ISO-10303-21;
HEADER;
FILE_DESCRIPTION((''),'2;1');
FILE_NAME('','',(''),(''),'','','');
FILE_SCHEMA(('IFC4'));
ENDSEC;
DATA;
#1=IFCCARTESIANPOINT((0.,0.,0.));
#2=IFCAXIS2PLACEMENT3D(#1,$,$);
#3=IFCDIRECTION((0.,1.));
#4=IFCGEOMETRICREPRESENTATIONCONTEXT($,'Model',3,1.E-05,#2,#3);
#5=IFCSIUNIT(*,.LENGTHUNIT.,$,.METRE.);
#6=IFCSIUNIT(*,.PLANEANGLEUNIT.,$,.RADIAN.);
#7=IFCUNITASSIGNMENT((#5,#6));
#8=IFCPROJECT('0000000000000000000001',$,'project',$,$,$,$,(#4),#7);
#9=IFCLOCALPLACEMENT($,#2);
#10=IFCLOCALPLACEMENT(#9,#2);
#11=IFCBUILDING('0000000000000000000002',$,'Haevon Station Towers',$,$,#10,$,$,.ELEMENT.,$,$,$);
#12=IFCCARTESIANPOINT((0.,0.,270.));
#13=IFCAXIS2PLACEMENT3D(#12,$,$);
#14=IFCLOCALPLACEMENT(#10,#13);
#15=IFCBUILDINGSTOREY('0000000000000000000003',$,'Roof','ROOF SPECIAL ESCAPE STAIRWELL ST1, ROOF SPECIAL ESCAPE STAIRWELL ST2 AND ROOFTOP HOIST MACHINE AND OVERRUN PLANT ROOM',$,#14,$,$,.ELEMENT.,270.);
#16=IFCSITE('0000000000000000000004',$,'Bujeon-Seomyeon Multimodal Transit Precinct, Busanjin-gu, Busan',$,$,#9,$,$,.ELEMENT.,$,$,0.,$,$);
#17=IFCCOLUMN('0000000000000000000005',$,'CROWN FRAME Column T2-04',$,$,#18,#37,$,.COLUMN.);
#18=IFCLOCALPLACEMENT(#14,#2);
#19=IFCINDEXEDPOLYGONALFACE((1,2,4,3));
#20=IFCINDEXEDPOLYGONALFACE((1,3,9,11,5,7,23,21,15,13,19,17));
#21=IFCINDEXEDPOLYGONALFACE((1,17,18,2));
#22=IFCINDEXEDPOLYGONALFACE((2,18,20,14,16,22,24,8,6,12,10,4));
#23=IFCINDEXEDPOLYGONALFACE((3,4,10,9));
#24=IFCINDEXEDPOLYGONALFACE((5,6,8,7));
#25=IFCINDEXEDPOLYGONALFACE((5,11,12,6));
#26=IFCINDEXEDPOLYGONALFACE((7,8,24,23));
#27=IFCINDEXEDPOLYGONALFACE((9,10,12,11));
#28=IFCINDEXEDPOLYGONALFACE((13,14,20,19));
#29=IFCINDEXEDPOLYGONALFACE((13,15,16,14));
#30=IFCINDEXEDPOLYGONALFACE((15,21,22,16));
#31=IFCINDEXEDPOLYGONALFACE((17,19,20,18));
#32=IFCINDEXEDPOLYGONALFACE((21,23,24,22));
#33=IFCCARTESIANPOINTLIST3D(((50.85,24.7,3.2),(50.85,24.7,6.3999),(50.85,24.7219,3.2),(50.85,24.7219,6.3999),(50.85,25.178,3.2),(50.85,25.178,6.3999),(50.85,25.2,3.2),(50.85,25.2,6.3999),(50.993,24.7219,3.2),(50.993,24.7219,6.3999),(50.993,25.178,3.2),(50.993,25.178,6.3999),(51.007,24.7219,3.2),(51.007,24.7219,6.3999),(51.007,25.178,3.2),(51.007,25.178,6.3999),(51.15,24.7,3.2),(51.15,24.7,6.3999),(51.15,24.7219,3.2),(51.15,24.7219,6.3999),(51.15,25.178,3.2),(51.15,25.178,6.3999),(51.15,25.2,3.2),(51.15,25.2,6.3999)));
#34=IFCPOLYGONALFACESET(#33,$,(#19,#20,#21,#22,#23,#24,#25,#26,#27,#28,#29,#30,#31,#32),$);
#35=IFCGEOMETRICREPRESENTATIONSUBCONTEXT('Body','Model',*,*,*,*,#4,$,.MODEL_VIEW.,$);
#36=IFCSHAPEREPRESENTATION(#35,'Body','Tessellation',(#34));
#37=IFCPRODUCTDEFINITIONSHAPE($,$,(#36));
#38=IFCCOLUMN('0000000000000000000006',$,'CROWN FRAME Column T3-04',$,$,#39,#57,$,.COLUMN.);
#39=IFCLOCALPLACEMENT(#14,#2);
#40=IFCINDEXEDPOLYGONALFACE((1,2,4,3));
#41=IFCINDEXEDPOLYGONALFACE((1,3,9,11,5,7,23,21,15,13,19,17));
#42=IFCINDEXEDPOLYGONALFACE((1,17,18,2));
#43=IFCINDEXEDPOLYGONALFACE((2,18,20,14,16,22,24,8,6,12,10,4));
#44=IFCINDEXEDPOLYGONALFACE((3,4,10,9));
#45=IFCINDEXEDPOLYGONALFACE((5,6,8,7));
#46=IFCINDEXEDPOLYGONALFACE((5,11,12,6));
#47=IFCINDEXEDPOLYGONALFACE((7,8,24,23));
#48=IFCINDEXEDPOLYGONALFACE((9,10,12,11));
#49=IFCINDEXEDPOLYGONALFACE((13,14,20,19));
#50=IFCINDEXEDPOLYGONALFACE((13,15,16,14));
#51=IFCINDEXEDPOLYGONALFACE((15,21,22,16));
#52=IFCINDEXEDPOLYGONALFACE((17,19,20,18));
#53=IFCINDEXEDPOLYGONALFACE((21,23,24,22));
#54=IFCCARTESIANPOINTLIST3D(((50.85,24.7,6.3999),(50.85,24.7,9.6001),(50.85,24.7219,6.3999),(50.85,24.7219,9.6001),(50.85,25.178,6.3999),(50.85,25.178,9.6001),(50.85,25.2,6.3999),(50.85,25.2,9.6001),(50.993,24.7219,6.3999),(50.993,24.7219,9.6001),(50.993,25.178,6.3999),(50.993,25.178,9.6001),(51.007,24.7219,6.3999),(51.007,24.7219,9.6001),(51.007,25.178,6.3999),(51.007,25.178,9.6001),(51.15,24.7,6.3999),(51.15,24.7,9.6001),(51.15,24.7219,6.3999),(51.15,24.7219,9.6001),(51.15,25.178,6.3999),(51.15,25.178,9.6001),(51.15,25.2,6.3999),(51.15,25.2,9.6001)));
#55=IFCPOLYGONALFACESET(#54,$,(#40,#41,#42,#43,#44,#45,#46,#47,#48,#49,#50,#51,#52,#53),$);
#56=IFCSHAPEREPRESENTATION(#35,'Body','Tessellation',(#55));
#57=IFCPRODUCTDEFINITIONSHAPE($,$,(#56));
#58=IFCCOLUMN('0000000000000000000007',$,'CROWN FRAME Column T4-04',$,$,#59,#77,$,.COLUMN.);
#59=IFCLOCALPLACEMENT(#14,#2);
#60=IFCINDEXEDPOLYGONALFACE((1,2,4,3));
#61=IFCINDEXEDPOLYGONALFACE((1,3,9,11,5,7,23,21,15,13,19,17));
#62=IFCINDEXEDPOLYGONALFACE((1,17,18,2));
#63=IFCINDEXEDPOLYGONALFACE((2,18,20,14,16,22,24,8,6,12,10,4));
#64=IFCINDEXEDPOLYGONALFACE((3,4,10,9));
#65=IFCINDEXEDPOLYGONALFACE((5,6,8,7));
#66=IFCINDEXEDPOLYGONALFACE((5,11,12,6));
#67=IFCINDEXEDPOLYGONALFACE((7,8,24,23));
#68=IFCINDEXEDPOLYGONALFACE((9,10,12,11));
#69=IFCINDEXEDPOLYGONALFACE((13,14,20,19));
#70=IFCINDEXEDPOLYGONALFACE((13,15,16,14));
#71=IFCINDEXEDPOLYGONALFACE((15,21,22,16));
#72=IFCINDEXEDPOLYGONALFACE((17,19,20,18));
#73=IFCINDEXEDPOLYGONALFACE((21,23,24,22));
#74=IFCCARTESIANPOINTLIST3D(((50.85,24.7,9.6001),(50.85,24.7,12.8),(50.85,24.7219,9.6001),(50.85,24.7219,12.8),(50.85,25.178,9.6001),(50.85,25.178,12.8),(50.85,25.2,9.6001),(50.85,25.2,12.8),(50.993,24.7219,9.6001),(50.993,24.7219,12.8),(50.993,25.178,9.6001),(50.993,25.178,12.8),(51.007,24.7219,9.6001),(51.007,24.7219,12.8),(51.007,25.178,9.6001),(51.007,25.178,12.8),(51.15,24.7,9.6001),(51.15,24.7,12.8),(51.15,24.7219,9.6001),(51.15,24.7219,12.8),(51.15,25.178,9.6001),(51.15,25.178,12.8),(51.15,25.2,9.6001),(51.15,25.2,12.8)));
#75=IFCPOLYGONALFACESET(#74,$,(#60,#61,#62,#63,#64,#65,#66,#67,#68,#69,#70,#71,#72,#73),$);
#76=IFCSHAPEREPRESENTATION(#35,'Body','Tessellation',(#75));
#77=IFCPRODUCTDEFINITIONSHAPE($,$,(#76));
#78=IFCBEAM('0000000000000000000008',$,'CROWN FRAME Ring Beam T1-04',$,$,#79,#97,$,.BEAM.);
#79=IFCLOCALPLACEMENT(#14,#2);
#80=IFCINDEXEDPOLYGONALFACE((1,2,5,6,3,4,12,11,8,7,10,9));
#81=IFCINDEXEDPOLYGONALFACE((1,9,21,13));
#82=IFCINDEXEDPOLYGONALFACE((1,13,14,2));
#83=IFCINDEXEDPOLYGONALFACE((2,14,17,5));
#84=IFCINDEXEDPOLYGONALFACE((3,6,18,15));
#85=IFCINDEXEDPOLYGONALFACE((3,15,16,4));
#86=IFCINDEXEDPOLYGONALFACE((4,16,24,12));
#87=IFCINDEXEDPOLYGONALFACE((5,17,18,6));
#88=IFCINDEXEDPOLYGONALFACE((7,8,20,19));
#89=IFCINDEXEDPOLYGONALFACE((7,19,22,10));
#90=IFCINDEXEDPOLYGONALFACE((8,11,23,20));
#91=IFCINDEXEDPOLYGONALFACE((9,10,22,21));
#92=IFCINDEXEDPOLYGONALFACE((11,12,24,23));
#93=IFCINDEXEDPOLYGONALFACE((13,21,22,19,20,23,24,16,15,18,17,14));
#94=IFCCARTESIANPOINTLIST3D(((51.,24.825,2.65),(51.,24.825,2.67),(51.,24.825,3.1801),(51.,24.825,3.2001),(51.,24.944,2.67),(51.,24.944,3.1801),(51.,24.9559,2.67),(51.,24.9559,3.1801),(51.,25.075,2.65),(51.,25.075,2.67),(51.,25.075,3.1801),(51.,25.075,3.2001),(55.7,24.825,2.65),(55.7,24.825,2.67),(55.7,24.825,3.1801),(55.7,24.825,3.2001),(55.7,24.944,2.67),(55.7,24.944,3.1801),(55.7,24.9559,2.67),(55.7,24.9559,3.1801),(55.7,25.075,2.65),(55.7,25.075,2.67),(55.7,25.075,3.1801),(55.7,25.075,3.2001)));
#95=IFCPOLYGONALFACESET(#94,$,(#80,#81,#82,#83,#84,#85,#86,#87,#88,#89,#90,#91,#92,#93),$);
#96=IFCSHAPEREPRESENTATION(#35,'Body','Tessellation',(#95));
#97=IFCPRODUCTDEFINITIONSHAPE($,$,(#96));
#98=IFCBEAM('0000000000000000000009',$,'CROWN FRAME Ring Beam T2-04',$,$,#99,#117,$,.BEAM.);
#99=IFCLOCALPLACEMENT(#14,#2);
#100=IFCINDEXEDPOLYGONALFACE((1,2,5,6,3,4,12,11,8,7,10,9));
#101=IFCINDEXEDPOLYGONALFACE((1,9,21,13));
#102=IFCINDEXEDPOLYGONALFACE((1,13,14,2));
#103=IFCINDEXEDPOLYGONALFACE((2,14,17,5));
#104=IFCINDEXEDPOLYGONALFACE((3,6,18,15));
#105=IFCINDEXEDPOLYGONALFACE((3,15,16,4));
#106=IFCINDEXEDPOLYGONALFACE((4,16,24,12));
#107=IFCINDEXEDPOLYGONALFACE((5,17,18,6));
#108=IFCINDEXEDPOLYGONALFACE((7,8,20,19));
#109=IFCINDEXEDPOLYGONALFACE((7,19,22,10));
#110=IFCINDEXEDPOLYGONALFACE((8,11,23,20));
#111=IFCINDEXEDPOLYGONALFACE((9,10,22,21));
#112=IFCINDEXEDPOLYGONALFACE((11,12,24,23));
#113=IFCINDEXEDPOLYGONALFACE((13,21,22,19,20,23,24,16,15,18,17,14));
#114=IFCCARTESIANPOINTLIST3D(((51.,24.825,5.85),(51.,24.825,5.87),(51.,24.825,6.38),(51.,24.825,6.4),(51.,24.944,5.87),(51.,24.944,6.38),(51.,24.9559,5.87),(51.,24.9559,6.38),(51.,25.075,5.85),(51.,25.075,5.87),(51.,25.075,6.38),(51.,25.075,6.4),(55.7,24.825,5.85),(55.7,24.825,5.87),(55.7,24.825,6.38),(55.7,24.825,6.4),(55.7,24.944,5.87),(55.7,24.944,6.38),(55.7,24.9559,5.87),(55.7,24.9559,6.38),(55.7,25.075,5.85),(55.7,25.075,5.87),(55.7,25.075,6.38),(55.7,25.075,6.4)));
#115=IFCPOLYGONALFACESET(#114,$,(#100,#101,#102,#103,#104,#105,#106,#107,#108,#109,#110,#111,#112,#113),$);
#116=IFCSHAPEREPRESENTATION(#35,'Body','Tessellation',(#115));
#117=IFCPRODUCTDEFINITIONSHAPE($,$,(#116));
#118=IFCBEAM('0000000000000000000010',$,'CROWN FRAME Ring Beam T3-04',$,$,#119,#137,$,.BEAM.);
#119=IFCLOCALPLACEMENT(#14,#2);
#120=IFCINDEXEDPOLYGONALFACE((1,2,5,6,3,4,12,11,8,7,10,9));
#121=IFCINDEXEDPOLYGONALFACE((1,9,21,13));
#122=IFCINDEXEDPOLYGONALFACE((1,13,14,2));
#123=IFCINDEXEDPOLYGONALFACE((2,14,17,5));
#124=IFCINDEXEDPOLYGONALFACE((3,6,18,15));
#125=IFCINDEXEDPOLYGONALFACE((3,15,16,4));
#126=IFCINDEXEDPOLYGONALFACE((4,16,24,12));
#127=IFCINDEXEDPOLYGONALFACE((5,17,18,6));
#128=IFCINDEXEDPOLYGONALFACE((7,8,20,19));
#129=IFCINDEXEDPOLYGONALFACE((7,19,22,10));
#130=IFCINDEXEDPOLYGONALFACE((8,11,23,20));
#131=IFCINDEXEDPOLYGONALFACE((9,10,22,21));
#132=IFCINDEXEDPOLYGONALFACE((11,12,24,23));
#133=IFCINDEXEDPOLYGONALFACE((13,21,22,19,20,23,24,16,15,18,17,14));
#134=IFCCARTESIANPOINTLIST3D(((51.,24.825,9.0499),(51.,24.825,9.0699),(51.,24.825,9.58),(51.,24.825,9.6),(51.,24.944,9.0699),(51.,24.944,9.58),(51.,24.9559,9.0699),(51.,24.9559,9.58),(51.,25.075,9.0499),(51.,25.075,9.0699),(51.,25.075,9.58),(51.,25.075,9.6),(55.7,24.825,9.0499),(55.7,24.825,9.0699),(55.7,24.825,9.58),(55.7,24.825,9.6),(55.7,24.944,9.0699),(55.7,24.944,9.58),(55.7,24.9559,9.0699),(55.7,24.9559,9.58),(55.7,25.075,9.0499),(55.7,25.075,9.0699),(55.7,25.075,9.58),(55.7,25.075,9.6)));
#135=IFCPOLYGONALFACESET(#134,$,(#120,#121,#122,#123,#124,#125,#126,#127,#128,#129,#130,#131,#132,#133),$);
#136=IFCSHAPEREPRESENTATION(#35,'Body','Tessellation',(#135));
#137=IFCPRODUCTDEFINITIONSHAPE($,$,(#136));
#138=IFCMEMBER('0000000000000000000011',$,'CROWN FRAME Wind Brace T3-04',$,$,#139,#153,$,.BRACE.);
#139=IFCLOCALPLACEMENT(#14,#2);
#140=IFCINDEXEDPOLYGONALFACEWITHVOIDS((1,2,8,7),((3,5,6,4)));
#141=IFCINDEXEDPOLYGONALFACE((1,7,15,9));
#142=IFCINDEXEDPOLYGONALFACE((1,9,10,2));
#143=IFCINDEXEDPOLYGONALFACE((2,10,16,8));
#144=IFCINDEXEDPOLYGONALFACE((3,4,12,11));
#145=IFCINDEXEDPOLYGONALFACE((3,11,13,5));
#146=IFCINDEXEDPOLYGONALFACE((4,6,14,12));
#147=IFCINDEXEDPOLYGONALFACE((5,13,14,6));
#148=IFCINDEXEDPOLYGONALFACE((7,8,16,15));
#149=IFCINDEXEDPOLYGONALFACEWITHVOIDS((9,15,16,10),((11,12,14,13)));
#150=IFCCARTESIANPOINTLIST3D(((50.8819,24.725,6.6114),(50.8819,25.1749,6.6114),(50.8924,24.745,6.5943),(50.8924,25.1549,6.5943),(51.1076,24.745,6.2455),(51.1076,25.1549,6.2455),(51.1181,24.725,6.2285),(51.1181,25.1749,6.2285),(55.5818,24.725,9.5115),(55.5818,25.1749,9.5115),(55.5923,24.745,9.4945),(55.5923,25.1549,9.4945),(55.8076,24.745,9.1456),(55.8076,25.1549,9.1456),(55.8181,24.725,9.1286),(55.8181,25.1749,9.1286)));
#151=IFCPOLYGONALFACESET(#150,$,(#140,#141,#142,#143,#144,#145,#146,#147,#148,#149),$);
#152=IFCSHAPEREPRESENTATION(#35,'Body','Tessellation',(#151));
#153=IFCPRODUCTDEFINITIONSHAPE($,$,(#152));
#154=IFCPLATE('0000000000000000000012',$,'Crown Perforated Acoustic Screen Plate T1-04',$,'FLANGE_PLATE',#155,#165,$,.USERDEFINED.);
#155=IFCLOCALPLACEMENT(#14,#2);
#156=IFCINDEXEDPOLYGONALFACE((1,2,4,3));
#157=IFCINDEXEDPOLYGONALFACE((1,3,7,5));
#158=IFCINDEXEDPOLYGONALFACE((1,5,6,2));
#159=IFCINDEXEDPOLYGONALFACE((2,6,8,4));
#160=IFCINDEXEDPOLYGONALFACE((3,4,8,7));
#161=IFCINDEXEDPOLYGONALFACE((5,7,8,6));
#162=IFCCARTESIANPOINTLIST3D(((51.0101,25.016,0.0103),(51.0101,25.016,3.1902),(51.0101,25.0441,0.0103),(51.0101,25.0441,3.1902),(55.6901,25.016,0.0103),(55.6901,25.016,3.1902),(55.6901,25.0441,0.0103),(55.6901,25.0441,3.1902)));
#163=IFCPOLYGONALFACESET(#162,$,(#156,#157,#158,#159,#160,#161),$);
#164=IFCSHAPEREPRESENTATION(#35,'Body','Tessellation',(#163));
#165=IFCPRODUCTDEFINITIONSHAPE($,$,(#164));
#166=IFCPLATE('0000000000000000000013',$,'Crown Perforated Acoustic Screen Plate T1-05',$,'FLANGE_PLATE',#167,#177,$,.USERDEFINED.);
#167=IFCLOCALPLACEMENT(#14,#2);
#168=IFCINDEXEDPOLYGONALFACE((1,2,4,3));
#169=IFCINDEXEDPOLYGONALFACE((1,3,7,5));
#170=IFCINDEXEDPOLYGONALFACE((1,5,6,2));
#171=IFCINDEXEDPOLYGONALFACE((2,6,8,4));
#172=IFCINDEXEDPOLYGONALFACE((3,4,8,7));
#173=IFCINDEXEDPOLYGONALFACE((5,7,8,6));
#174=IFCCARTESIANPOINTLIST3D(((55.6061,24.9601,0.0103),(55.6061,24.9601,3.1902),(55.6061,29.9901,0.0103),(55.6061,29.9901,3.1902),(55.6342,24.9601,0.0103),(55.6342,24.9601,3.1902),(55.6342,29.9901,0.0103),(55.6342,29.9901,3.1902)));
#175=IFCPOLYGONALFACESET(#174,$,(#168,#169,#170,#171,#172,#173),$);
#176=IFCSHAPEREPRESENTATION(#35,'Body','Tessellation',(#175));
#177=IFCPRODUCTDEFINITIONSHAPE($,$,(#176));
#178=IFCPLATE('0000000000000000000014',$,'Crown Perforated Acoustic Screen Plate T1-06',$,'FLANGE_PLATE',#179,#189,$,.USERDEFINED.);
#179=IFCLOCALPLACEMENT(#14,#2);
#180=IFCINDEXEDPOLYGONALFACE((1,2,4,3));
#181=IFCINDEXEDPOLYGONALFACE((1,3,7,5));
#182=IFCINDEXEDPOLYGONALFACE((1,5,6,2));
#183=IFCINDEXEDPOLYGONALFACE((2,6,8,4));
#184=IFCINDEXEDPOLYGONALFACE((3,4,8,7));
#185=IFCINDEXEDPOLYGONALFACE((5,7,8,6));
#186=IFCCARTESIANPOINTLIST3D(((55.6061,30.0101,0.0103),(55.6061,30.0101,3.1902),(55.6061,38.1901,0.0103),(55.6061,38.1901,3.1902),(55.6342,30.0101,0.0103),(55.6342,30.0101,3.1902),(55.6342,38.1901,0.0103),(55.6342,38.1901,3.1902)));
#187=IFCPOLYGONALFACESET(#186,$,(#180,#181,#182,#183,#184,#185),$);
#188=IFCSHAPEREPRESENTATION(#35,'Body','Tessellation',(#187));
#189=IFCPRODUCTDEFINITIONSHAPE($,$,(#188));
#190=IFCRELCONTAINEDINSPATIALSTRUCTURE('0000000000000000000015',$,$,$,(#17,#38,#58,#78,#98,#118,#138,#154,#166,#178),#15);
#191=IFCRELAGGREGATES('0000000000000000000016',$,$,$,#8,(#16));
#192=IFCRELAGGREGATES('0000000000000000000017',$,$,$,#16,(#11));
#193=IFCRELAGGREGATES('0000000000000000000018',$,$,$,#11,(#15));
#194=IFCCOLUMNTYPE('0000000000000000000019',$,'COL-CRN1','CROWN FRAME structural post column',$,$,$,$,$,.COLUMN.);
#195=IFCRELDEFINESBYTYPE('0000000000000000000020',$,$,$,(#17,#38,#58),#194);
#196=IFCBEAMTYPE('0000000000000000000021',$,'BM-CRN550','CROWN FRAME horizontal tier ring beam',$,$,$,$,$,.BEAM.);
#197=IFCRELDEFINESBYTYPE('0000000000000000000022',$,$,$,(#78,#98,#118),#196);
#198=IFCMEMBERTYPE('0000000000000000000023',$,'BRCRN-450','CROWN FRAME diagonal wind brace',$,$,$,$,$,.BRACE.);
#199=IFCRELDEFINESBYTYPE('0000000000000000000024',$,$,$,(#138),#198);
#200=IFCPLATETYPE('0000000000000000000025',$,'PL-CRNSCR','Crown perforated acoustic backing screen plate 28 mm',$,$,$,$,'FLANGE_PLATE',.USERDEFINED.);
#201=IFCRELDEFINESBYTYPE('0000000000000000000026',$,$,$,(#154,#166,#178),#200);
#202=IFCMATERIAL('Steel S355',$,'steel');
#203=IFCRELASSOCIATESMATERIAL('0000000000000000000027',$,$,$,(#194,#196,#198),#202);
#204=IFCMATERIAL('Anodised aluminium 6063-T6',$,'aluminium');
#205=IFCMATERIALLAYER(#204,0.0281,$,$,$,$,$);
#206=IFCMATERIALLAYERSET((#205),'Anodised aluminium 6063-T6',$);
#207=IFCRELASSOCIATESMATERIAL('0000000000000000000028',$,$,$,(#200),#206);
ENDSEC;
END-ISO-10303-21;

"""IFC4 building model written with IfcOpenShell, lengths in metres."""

from ifc_helpers import new_model, si_unit, direction, frame, origin, origin_2d, place, context, subcontext, project, spatial, rectangle, hollow_rectangle, i_section, extrude, material, layer, layer_set, material_profile, profile_set, type_object, element, save


model = new_model("IFC4")

# Units and contexts
model_context = context("Model", 3, precision=1e-05, world=origin(), true_north=direction((0.0, 1.0)))
body_context = subcontext(model_context, "Body", "Model", "MODEL_VIEW")
ifc_project = project(units=[si_unit("LENGTHUNIT", "METRE"), si_unit("PLANEANGLEUNIT", "RADIAN")], contexts=[model_context])

# Site, building, storey
site_placement = place(None, origin())
site = spatial("IfcSite", under=ifc_project, at=site_placement, Name="Bujeon-Seomyeon Multimodal Transit Precinct, Busanjin-gu, Busan", CompositionType="ELEMENT", RefElevation=0.0)
building_placement = place(site_placement, origin())
building = spatial("IfcBuilding", under=site, at=building_placement, Name="Haevon Station Towers", CompositionType="ELEMENT")
storey_placement = place(building_placement, frame((0.0, 0.0, 270.0)))
storey = spatial("IfcBuildingStorey", under=building, at=storey_placement, Name="Roof", Description="ROOF SPECIAL ESCAPE STAIRWELL ST1, ROOF SPECIAL ESCAPE STAIRWELL ST2 AND ROOFTOP HOIST MACHINE AND OVERRUN PLANT ROOM", CompositionType="ELEMENT", Elevation=270.0)

# Columns
ifc_material_1 = material(Name="Steel S355", Category="steel")
ifc_material_profile_1 = material_profile(ifc_material_1, i_section(OverallWidth=0.3, OverallDepth=0.5, WebThickness=0.0139, FlangeThickness=0.022, at=origin_2d()), Name="H-500x300x14x22")
ifc_profile_set_1 = profile_set([ifc_material_profile_1], Name="Steel S355")
column_type = type_object("IfcColumnType", Name="COL-CRN1", Description="CROWN FRAME structural post column", PredefinedType="COLUMN", material=ifc_profile_set_1)
column_1_placement = place(storey_placement, frame((51.0, 24.95, 3.2), z_axis=(0.0, 0.0, 1.0), x_axis=(1.0, 0.0, 0.0)))
element("IfcColumn", 1, at=column_1_placement, inside=storey, type_object=column_type, Name="CROWN FRAME Column T2-04", PredefinedType="COLUMN", context=body_context, shape_type="SweptSolid", body=[
    extrude(i_section(OverallWidth=0.3, OverallDepth=0.5, WebThickness=0.0139, FlangeThickness=0.022, at=origin_2d()), origin(), (0.0, 0.0, 1.0), 3.2),
])
column_2_placement = place(storey_placement, frame((51.0, 24.95, 6.3999), z_axis=(0.0, 0.0, 1.0), x_axis=(1.0, 0.0, 0.0)))
element("IfcColumn", 2, at=column_2_placement, inside=storey, type_object=column_type, Name="CROWN FRAME Column T3-04", PredefinedType="COLUMN", context=body_context, shape_type="SweptSolid", body=[
    extrude(i_section(OverallWidth=0.3, OverallDepth=0.5, WebThickness=0.0139, FlangeThickness=0.022, at=origin_2d()), origin(), (0.0, 0.0, 1.0), 3.2002),
])
column_3_placement = place(storey_placement, frame((51.0, 24.95, 9.6001), z_axis=(0.0, 0.0, 1.0), x_axis=(1.0, 0.0, 0.0)))
element("IfcColumn", 3, at=column_3_placement, inside=storey, type_object=column_type, Name="CROWN FRAME Column T4-04", PredefinedType="COLUMN", context=body_context, shape_type="SweptSolid", body=[
    extrude(i_section(OverallWidth=0.3, OverallDepth=0.5, WebThickness=0.0139, FlangeThickness=0.022, at=origin_2d()), origin(), (0.0, 0.0, 1.0), 3.2),
])

# Beams
ifc_material_profile_2 = material_profile(ifc_material_1, i_section(OverallWidth=0.25, OverallDepth=0.55, WebThickness=0.012, FlangeThickness=0.02, at=origin_2d()), Name="H-550x250x12x20")
ifc_profile_set_2 = profile_set([ifc_material_profile_2], Name="Steel S355")
beam_type = type_object("IfcBeamType", Name="BM-CRN550", Description="CROWN FRAME horizontal tier ring beam", PredefinedType="BEAM", material=ifc_profile_set_2)
for number, where, z_axis, x_axis, name in (
    (4, (51.0, 24.95, 2.925), (1.0, 0.0, 0.0), (0.0, 1.0, 0.0), "CROWN FRAME Ring Beam T1-04"),
    (5, (51.0, 24.95, 6.125), (1.0, 0.0, 0.0), (0.0, 1.0, 0.0), "CROWN FRAME Ring Beam T2-04"),
    (6, (51.0, 24.95, 9.325), (1.0, 0.0, 0.0), (0.0, 1.0, 0.0), "CROWN FRAME Ring Beam T3-04"),
):
    element("IfcBeam", number, at=place(storey_placement, frame(where, z_axis=z_axis, x_axis=x_axis)), inside=storey, type_object=beam_type, Name=name, PredefinedType="BEAM", context=body_context, shape_type="SweptSolid", body=[
        extrude(i_section(OverallWidth=0.25, OverallDepth=0.55, WebThickness=0.012, FlangeThickness=0.02, at=origin_2d()), origin(), (0.0, 0.0, 1.0), 4.7),
    ])

# Member
ifc_material_profile_3 = material_profile(ifc_material_1, hollow_rectangle(XDim=0.45, YDim=0.45, WallThickness=0.02, at=origin_2d()), Name="RHS-450x450x20")
ifc_profile_set_3 = profile_set([ifc_material_profile_3], Name="Steel S355")
member_type = type_object("IfcMemberType", Name="BRCRN-450", Description="CROWN FRAME diagonal wind brace", PredefinedType="BRACE", material=ifc_profile_set_3)
member_placement = place(storey_placement, frame((51.0, 24.95, 6.4199), z_axis=(0.851022, 0.0, 0.52513), x_axis=(0.0, 1.0, 0.0)))
element("IfcMember", 7, at=member_placement, inside=storey, type_object=member_type, Name="CROWN FRAME Wind Brace T3-04", PredefinedType="BRACE", context=body_context, shape_type="SweptSolid", body=[
    extrude(hollow_rectangle(XDim=0.45, YDim=0.45, WallThickness=0.02, at=origin_2d()), origin(), (0.0, 0.0, 1.0), 5.5227),
])

# Plates
ifc_material_2 = material(Name="Anodised aluminium 6063-T6", Category="aluminium")
ifc_layer_1 = layer(ifc_material_2, 0.0281)
ifc_layer_set_1 = layer_set([ifc_layer_1], Name="Anodised aluminium 6063-T6")
plate_type_1 = type_object("IfcPlateType", Name="PL-CRNSCR", Description="Crown perforated acoustic backing screen plate 28 mm", ElementType="FLANGE_PLATE", PredefinedType="USERDEFINED", material=ifc_layer_set_1)
plate_1_placement = place(storey_placement, frame((53.3501, 25.03, 0.0103), z_axis=(0.0, 0.0, 1.0), x_axis=(1.0, 0.0, 0.0)))
element("IfcPlate", 8, at=plate_1_placement, inside=storey, type_object=plate_type_1, Name="Crown Perforated Acoustic Screen Plate T1-04", ObjectType="FLANGE_PLATE", PredefinedType="USERDEFINED", context=body_context, shape_type="SweptSolid", body=[
    extrude(rectangle(XDim=4.6799, YDim=0.0281, at=origin_2d()), origin(), (0.0, 0.0, 1.0), 3.1799),
])
plate_2_placement = place(storey_placement, frame((55.6201, 27.4751, 0.0103), z_axis=(0.0, 0.0, 1.0), x_axis=(0.0, 1.0, 0.0)))
element("IfcPlate", 9, at=plate_2_placement, inside=storey, type_object=plate_type_1, Name="Crown Perforated Acoustic Screen Plate T1-05", ObjectType="FLANGE_PLATE", PredefinedType="USERDEFINED", context=body_context, shape_type="SweptSolid", body=[
    extrude(rectangle(XDim=5.03, YDim=0.0281, at=origin_2d()), origin(), (0.0, 0.0, 1.0), 3.1799),
])
plate_3_placement = place(storey_placement, frame((55.6201, 34.1001, 0.0103), z_axis=(0.0, 0.0, 1.0), x_axis=(0.0, 1.0, 0.0)))
element("IfcPlate", 10, at=plate_3_placement, inside=storey, type_object=plate_type_1, Name="Crown Perforated Acoustic Screen Plate T1-06", ObjectType="FLANGE_PLATE", PredefinedType="USERDEFINED", context=body_context, shape_type="SweptSolid", body=[
    extrude(rectangle(XDim=8.1799, YDim=0.0281, at=origin_2d()), origin(), (0.0, 0.0, 1.0), 3.1799),
])

save(model, "model.ifc")
